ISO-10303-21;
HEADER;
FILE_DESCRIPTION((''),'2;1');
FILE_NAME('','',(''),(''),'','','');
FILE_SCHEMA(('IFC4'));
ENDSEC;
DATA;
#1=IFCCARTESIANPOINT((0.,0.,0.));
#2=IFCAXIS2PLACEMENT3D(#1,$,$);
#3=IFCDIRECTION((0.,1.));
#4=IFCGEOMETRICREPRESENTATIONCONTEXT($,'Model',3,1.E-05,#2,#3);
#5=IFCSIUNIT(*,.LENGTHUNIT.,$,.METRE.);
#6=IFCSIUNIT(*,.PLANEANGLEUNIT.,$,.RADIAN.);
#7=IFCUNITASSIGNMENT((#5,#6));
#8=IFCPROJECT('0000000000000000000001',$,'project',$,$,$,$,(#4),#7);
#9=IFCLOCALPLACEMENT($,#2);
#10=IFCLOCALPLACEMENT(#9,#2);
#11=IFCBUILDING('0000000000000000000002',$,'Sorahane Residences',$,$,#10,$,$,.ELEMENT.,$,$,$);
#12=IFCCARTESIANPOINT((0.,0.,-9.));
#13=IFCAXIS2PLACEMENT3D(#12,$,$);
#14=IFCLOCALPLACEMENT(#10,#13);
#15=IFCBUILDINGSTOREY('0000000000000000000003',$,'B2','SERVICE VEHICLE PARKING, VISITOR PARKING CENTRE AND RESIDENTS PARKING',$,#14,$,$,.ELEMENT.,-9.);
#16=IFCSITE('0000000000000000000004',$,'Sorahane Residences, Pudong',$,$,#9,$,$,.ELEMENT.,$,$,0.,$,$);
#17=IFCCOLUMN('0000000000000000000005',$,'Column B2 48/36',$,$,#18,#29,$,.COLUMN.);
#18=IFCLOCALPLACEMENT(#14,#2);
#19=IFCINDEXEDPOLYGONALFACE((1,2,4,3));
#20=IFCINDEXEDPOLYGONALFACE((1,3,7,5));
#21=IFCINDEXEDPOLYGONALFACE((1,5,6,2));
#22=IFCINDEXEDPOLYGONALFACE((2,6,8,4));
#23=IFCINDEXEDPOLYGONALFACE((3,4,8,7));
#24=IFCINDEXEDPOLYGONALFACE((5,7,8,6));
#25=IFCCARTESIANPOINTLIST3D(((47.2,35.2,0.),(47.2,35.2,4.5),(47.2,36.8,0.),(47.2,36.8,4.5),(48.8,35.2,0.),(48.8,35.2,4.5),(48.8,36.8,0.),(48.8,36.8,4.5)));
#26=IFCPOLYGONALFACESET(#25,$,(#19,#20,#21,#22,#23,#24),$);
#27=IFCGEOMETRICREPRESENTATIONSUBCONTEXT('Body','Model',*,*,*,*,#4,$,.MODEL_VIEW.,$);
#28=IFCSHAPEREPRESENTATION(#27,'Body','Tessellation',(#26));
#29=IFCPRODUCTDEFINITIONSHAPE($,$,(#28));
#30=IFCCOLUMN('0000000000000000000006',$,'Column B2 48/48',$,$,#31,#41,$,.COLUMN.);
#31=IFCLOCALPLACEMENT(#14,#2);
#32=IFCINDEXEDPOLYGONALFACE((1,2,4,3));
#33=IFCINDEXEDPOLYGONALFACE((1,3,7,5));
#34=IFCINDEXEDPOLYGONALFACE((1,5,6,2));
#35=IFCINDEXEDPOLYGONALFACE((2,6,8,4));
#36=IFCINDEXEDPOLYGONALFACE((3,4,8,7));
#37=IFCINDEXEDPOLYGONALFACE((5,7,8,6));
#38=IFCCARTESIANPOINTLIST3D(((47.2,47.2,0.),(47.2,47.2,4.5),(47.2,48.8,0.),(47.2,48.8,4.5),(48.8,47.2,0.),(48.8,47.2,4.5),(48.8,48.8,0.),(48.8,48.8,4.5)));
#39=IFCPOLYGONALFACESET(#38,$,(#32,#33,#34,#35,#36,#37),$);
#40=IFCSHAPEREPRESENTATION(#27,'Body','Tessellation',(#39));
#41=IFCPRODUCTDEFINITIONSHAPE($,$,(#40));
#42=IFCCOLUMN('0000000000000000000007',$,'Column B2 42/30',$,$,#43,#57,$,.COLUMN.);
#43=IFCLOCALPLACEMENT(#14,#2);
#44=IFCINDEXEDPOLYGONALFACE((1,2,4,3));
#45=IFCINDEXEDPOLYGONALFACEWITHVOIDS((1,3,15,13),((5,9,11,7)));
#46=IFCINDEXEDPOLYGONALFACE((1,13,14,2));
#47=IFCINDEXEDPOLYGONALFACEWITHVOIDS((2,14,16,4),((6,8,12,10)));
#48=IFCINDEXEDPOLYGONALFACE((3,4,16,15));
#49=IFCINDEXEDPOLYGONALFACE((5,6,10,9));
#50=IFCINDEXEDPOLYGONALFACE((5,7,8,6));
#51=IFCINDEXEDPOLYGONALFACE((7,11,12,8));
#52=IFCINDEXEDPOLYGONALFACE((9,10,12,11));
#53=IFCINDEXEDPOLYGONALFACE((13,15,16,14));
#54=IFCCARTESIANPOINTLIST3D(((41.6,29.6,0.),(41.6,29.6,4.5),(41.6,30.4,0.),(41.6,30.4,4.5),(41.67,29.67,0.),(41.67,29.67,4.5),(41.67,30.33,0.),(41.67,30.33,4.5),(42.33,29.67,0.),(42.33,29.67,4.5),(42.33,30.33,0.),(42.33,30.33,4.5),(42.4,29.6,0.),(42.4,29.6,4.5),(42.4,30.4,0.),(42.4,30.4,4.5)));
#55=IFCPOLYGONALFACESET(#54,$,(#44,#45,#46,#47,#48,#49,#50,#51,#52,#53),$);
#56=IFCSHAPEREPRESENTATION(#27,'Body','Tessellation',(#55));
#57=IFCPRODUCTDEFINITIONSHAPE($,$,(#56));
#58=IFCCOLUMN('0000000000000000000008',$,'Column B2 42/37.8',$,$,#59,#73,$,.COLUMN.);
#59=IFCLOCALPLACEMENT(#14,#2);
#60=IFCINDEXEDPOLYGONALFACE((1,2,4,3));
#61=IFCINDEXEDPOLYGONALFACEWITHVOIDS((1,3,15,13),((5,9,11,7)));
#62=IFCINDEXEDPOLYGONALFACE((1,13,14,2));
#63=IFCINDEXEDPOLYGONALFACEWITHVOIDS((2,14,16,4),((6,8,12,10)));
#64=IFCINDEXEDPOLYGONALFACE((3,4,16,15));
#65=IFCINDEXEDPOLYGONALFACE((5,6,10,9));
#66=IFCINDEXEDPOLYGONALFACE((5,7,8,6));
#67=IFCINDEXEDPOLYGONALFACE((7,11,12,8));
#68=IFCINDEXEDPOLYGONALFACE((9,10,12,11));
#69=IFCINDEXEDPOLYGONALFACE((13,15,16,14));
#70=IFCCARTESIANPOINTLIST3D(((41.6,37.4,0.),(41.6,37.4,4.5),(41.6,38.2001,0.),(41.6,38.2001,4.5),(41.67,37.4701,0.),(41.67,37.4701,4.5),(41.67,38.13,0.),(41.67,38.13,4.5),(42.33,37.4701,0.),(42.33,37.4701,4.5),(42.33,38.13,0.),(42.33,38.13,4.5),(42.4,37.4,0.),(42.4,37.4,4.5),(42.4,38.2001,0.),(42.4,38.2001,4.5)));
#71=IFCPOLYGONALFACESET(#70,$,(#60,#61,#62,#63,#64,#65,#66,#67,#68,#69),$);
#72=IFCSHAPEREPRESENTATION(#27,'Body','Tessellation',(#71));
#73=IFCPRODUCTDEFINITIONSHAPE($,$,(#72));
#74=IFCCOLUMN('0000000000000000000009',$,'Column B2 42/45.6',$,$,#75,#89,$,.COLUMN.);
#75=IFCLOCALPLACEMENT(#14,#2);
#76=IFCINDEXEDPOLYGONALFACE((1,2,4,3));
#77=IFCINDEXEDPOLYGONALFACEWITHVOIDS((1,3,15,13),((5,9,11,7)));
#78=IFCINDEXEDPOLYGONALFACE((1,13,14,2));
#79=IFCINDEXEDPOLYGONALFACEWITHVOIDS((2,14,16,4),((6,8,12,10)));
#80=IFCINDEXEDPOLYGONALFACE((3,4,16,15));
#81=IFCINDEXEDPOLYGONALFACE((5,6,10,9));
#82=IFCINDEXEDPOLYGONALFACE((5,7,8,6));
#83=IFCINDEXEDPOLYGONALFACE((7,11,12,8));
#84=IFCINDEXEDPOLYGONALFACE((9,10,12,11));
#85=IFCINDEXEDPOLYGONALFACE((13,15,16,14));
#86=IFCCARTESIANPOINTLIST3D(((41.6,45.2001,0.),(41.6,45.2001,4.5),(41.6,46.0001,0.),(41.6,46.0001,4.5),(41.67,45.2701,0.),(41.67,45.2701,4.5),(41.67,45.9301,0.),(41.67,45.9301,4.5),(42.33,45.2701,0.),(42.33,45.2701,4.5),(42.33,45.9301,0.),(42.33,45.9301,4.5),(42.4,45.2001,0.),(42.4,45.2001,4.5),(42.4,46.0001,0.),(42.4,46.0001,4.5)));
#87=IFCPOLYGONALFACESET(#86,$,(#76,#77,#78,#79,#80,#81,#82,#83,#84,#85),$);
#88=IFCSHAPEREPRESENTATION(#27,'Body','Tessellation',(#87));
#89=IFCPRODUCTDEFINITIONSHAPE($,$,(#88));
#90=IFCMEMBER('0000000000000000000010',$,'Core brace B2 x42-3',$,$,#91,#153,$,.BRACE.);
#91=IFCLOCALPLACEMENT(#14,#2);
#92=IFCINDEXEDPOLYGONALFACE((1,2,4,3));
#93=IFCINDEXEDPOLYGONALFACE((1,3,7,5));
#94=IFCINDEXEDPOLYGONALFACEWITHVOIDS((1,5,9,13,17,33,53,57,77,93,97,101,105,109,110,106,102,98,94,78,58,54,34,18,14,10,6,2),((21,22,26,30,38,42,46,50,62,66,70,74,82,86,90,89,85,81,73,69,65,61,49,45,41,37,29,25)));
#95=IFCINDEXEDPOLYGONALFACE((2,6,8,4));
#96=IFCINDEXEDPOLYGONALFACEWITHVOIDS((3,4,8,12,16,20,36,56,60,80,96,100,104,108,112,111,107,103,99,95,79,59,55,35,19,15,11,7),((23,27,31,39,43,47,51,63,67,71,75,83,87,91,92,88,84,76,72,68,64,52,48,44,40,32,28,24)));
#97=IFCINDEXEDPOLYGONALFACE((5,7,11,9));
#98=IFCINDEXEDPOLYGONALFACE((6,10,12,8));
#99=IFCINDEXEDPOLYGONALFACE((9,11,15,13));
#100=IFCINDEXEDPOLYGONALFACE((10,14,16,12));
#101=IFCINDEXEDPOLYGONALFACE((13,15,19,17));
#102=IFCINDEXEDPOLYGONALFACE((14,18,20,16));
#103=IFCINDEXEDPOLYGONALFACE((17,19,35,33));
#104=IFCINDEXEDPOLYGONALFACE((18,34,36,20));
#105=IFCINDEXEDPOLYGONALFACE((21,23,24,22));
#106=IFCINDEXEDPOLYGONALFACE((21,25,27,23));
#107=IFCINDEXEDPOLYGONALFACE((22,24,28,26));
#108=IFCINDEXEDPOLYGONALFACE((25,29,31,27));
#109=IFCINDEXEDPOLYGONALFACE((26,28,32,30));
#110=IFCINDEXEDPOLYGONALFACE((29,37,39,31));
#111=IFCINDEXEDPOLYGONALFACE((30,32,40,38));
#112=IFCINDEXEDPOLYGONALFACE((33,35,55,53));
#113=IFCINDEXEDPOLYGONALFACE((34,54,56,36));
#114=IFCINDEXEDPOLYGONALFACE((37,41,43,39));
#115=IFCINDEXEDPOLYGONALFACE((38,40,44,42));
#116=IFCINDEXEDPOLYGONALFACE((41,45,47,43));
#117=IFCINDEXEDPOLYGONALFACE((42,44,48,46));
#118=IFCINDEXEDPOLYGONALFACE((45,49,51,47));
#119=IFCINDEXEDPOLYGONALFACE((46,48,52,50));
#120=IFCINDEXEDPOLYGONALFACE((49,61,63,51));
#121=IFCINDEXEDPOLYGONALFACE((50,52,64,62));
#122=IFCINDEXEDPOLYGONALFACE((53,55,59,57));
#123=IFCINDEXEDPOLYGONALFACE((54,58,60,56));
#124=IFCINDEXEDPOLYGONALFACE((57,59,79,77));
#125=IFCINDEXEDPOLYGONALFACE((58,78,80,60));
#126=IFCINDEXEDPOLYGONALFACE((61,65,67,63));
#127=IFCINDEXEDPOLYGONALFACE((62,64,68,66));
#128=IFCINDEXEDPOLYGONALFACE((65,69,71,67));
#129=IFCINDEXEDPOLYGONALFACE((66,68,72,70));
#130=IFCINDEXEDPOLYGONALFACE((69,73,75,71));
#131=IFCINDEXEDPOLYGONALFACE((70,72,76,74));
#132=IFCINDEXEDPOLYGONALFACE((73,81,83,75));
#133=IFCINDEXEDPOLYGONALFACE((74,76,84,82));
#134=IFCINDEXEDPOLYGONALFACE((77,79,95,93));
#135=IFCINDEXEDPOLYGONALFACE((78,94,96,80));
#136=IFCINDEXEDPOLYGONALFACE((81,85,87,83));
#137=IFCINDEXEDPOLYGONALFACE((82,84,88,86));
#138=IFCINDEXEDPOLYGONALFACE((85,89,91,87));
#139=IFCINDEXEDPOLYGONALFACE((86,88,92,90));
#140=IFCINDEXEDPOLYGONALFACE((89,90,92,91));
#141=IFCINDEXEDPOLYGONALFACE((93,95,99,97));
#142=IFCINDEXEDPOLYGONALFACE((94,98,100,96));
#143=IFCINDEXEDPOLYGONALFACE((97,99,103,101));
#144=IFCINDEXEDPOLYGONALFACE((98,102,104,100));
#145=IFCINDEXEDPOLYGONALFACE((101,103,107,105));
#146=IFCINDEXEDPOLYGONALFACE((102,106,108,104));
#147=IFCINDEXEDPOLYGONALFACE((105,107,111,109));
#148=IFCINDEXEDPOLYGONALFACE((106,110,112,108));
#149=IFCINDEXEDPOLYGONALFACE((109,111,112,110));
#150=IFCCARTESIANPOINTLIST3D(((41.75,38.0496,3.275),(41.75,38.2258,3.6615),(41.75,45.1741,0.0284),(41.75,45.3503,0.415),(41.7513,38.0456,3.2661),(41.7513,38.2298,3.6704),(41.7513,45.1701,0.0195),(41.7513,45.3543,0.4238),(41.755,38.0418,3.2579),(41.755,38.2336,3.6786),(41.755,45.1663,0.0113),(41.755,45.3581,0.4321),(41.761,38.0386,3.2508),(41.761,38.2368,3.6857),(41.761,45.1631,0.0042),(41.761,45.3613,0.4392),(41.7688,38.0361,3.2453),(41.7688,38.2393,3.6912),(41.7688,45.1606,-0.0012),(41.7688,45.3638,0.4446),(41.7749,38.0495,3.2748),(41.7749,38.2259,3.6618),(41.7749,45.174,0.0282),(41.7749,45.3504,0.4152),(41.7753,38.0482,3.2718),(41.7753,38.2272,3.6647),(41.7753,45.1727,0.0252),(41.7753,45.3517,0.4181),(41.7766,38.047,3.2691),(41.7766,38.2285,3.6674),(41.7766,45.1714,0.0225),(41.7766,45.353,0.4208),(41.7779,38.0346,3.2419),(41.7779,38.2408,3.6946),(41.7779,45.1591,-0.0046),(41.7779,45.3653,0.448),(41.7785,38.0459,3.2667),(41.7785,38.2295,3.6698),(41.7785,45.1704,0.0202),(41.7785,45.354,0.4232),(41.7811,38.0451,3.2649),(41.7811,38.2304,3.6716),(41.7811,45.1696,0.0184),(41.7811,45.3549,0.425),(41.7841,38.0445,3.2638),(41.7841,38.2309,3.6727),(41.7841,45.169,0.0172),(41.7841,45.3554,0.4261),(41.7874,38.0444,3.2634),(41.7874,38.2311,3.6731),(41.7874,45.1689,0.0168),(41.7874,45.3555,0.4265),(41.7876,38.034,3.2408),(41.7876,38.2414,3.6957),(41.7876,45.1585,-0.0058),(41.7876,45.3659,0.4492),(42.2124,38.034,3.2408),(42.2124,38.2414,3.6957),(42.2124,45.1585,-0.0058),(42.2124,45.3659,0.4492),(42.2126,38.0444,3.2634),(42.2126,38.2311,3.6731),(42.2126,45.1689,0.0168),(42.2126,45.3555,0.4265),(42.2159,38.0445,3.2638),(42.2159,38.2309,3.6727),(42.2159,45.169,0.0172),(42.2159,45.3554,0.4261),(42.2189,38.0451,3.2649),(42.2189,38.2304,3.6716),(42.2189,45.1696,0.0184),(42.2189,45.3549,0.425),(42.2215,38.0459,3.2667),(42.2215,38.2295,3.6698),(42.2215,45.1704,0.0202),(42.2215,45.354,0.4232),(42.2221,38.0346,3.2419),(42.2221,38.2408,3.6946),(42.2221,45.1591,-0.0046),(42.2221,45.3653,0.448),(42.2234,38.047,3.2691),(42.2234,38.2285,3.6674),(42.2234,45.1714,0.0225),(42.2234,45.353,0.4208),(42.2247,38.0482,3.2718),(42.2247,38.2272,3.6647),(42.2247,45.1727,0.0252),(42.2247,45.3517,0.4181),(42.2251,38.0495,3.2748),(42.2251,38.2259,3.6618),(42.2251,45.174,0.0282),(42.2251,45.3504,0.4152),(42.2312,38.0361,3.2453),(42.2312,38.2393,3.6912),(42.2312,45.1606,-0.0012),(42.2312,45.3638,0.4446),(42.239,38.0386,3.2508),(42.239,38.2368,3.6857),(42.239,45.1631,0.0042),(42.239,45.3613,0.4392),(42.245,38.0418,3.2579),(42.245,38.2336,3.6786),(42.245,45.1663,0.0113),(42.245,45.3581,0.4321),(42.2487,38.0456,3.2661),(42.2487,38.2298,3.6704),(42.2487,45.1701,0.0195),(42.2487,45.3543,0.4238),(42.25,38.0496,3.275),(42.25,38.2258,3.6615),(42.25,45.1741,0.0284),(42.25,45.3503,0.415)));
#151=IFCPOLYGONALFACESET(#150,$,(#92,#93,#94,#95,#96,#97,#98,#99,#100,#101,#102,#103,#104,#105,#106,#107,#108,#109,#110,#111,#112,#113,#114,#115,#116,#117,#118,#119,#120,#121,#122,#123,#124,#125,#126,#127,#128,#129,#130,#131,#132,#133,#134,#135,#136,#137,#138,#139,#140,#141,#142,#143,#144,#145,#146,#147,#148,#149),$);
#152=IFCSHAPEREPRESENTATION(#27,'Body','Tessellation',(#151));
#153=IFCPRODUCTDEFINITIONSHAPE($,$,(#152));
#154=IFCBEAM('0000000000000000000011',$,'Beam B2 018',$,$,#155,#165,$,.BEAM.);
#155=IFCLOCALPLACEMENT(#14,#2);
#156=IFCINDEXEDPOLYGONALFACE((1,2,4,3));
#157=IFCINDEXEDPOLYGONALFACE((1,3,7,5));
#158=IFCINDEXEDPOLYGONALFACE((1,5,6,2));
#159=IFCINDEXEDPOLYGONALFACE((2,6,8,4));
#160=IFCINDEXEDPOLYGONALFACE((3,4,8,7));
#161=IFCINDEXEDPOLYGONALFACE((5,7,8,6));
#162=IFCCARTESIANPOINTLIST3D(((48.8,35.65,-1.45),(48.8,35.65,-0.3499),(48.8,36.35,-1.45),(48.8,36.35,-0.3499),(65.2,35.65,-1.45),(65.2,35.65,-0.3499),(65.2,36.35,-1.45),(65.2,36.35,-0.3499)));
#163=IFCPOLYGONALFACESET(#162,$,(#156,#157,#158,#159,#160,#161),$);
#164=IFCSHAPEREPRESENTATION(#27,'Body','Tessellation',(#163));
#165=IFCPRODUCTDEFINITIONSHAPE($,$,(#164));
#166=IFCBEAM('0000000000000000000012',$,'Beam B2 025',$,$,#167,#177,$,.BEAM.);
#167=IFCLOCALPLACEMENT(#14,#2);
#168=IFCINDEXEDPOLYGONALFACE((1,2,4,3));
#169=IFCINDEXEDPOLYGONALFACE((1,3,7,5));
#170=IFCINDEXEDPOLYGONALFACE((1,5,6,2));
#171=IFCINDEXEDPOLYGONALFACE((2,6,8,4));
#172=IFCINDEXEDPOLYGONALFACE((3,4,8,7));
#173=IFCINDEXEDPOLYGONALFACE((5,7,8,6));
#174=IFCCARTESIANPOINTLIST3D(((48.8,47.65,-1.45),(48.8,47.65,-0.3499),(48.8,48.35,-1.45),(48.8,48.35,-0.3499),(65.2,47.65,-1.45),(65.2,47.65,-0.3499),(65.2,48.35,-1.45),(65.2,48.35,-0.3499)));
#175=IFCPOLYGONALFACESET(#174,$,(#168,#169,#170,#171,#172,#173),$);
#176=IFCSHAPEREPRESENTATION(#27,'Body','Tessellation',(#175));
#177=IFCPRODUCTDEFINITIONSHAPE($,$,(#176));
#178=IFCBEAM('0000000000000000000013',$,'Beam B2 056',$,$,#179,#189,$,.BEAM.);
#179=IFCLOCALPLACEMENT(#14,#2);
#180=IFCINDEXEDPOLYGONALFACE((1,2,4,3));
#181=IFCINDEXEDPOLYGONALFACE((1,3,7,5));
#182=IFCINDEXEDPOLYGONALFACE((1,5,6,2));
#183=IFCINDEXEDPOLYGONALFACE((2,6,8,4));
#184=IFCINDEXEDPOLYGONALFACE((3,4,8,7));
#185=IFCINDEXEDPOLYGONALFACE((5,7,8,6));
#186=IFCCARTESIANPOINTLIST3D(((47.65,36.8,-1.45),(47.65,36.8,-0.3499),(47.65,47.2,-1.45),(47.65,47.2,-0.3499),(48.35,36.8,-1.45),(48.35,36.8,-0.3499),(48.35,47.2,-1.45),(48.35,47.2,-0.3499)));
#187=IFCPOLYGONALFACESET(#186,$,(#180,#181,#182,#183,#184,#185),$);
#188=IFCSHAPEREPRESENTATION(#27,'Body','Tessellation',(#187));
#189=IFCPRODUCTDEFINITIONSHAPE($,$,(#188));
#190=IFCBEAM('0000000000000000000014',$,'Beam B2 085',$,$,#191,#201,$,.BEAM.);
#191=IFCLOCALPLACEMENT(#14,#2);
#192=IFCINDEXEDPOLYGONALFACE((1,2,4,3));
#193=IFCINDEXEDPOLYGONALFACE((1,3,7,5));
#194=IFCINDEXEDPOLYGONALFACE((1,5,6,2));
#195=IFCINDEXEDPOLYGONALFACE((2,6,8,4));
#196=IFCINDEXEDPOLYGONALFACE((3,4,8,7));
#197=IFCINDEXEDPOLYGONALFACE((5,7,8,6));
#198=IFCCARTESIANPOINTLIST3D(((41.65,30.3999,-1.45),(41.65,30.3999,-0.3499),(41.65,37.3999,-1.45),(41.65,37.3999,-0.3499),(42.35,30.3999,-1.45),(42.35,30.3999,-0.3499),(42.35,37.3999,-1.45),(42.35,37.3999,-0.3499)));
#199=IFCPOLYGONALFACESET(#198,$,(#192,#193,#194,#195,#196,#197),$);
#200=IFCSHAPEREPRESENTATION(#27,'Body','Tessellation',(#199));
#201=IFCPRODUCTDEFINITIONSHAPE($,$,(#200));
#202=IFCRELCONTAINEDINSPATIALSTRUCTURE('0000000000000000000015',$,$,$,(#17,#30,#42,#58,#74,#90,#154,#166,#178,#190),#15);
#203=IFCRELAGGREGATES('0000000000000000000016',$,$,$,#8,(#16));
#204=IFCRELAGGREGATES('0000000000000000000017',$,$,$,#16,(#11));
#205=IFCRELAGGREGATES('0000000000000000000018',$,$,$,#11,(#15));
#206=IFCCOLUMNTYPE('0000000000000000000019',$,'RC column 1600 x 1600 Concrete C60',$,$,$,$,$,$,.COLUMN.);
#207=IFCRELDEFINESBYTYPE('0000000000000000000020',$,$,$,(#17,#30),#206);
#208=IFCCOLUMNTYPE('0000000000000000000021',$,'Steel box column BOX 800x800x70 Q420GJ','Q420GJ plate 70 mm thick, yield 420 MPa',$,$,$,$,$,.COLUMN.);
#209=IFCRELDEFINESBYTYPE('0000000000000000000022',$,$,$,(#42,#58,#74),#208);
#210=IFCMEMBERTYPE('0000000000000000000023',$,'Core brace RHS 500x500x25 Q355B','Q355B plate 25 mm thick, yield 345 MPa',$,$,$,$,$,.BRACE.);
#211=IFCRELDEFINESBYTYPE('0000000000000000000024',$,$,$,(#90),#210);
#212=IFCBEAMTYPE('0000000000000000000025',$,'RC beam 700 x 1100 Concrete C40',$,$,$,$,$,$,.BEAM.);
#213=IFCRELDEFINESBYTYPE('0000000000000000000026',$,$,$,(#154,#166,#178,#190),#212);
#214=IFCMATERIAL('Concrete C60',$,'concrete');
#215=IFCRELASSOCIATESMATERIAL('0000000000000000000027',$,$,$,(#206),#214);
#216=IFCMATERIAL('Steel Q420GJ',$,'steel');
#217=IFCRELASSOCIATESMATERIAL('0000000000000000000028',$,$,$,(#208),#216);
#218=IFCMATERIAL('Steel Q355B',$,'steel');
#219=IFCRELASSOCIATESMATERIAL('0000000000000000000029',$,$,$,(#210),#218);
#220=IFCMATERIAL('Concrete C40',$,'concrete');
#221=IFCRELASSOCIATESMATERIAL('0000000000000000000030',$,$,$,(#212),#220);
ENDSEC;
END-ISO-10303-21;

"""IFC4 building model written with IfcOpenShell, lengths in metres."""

from ifc_helpers import new_model, si_unit, direction, frame, origin, origin_2d, place, context, subcontext, project, spatial, rectangle, hollow_rectangle, extrude, material, material_profile, profile_set, type_object, element, save


model = new_model("IFC4")

# Units and contexts
model_context = context("Model", 3, precision=1e-05, world=origin(), true_north=direction((0.0, 1.0)))
body_context = subcontext(model_context, "Body", "Model", "MODEL_VIEW")
ifc_project = project(units=[si_unit("LENGTHUNIT", "METRE"), si_unit("PLANEANGLEUNIT", "RADIAN")], contexts=[model_context])

# Site, building, storey
site_placement = place(None, origin())
site = spatial("IfcSite", under=ifc_project, at=site_placement, Name="Sorahane Residences, Pudong", CompositionType="ELEMENT", RefElevation=0.0)
building_placement = place(site_placement, origin())
building = spatial("IfcBuilding", under=site, at=building_placement, Name="Sorahane Residences", CompositionType="ELEMENT")
storey_placement = place(building_placement, frame((0.0, 0.0, -9.0)))
storey = spatial("IfcBuildingStorey", under=building, at=storey_placement, Name="B2", Description="SERVICE VEHICLE PARKING, VISITOR PARKING CENTRE AND RESIDENTS PARKING", CompositionType="ELEMENT", Elevation=-9.0)

# Columns
ifc_material_1 = material(Name="Concrete C60", Category="concrete")
ifc_material_profile_1 = material_profile(ifc_material_1, rectangle(XDim=1.6001, YDim=1.6001, at=origin_2d()), Name="1600x1600")
ifc_profile_set_1 = profile_set([ifc_material_profile_1], Name="Concrete C60")
column_type_1 = type_object("IfcColumnType", Name="RC column 1600 x 1600 Concrete C60", PredefinedType="COLUMN", material=ifc_profile_set_1)
for number, where, z_axis, x_axis, name in (
    (1, (48.0, 36.0, 0.0), (0.0, 0.0, 1.0), (1.0, 0.0, 0.0), "Column B2 48/36"),
    (2, (48.0, 48.0, 0.0), (0.0, 0.0, 1.0), (1.0, 0.0, 0.0), "Column B2 48/48"),
):
    element("IfcColumn", number, at=place(storey_placement, frame(where, z_axis=z_axis, x_axis=x_axis)), inside=storey, type_object=column_type_1, Name=name, PredefinedType="COLUMN", context=body_context, shape_type="SweptSolid", body=[
        extrude(rectangle(XDim=1.6001, YDim=1.6001, at=origin_2d()), origin(), (0.0, 0.0, 1.0), 4.5),
    ])
ifc_material_2 = material(Name="Steel Q420GJ", Category="steel")
ifc_material_profile_2 = material_profile(ifc_material_2, hollow_rectangle(XDim=0.8, YDim=0.8, WallThickness=0.0701, at=origin_2d()), Name="BOX 800x800x70")
ifc_profile_set_2 = profile_set([ifc_material_profile_2], Name="Steel Q420GJ")
column_type_2 = type_object("IfcColumnType", Name="Steel box column BOX 800x800x70 Q420GJ", Description="Q420GJ plate 70 mm thick, yield 420 MPa", PredefinedType="COLUMN", material=ifc_profile_set_2)
for number, where, z_axis, x_axis, name in (
    (3, (42.0, 30.0, 0.0), (0.0, 0.0, 1.0), (1.0, 0.0, 0.0), "Column B2 42/30"),
    (4, (42.0, 37.8, 0.0), (0.0, 0.0, 1.0), (1.0, 0.0, 0.0), "Column B2 42/37.8"),
    (5, (42.0, 45.6001, 0.0), (0.0, 0.0, 1.0), (1.0, 0.0, 0.0), "Column B2 42/45.6"),
):
    element("IfcColumn", number, at=place(storey_placement, frame(where, z_axis=z_axis, x_axis=x_axis)), inside=storey, type_object=column_type_2, Name=name, PredefinedType="COLUMN", context=body_context, shape_type="SweptSolid", body=[
        extrude(hollow_rectangle(XDim=0.8, YDim=0.8, WallThickness=0.0701, at=origin_2d()), origin(), (0.0, 0.0, 1.0), 4.5),
    ])

# Member
ifc_material_3 = material(Name="Steel Q355B", Category="steel")
ifc_material_profile_3 = material_profile(ifc_material_3, hollow_rectangle(XDim=0.5, YDim=0.5, WallThickness=0.0249, InnerFilletRadius=0.0125, OuterFilletRadius=0.0376, at=origin_2d()), Name="RHS 500x500x25")
ifc_profile_set_3 = profile_set([ifc_material_profile_3], Name="Steel Q355B")
member_type = type_object("IfcMemberType", Name="Core brace RHS 500x500x25 Q355B", Description="Q355B plate 25 mm thick, yield 345 MPa", PredefinedType="BRACE", material=ifc_profile_set_3)
member_placement = place(storey_placement, frame((42.0, 45.2622, 0.2217), z_axis=(0.0, -0.909973, 0.414667), x_axis=(1.0, 0.0, 0.0)))
element("IfcMember", 6, at=member_placement, inside=storey, type_object=member_type, Name="Core brace B2 x42-3", PredefinedType="BRACE", context=body_context, shape_type="SweptSolid", body=[
    extrude(hollow_rectangle(XDim=0.5, YDim=0.5, WallThickness=0.0249, InnerFilletRadius=0.0125, OuterFilletRadius=0.0376, at=origin_2d()), origin(), (0.0, 0.0, 1.0), 7.8293),
])

# Beams
ifc_material_4 = material(Name="Concrete C40", Category="concrete")
ifc_material_profile_4 = material_profile(ifc_material_4, rectangle(XDim=0.7, YDim=1.1001, at=origin_2d()), Name="700x1100")
ifc_profile_set_4 = profile_set([ifc_material_profile_4], Name="Concrete C40")
beam_type = type_object("IfcBeamType", Name="RC beam 700 x 1100 Concrete C40", PredefinedType="BEAM", material=ifc_profile_set_4)
for number, where, z_axis, x_axis, name in (
    (7, (48.8, 36.0, -0.8999), (1.0, 0.0, 0.0), (0.0, 1.0, 0.0), "Beam B2 018"),
    (8, (48.8, 48.0, -0.8999), (1.0, 0.0, 0.0), (0.0, 1.0, 0.0), "Beam B2 025"),
):
    element("IfcBeam", number, at=place(storey_placement, frame(where, z_axis=z_axis, x_axis=x_axis)), inside=storey, type_object=beam_type, Name=name, PredefinedType="BEAM", context=body_context, shape_type="SweptSolid", body=[
        extrude(rectangle(XDim=0.7, YDim=1.1001, at=origin_2d()), origin(), (0.0, 0.0, 1.0), 16.3999),
    ])
beam_1_placement = place(storey_placement, frame((48.0, 36.8, -0.8999), z_axis=(0.0, 1.0, 0.0), x_axis=(-1.0, 0.0, 0.0)))
element("IfcBeam", 9, at=beam_1_placement, inside=storey, type_object=beam_type, Name="Beam B2 056", PredefinedType="BEAM", context=body_context, shape_type="SweptSolid", body=[
    extrude(rectangle(XDim=0.7, YDim=1.1001, at=origin_2d()), origin(), (0.0, 0.0, 1.0), 10.3999),
])
for number, where, z_axis, x_axis, name in (
    (10, (42.0, 30.3999, -0.8999), (0.0, 1.0, 0.0), (-1.0, 0.0, 0.0), "Beam B2 085"),
):
    element("IfcBeam", number, at=place(storey_placement, frame(where, z_axis=z_axis, x_axis=x_axis)), inside=storey, type_object=beam_type, Name=name, PredefinedType="BEAM", context=body_context, shape_type="SweptSolid", body=[
        extrude(rectangle(XDim=0.7, YDim=1.1001, at=origin_2d()), origin(), (0.0, 0.0, 1.0), 7.0),
    ])

save(model, "model.ifc")
